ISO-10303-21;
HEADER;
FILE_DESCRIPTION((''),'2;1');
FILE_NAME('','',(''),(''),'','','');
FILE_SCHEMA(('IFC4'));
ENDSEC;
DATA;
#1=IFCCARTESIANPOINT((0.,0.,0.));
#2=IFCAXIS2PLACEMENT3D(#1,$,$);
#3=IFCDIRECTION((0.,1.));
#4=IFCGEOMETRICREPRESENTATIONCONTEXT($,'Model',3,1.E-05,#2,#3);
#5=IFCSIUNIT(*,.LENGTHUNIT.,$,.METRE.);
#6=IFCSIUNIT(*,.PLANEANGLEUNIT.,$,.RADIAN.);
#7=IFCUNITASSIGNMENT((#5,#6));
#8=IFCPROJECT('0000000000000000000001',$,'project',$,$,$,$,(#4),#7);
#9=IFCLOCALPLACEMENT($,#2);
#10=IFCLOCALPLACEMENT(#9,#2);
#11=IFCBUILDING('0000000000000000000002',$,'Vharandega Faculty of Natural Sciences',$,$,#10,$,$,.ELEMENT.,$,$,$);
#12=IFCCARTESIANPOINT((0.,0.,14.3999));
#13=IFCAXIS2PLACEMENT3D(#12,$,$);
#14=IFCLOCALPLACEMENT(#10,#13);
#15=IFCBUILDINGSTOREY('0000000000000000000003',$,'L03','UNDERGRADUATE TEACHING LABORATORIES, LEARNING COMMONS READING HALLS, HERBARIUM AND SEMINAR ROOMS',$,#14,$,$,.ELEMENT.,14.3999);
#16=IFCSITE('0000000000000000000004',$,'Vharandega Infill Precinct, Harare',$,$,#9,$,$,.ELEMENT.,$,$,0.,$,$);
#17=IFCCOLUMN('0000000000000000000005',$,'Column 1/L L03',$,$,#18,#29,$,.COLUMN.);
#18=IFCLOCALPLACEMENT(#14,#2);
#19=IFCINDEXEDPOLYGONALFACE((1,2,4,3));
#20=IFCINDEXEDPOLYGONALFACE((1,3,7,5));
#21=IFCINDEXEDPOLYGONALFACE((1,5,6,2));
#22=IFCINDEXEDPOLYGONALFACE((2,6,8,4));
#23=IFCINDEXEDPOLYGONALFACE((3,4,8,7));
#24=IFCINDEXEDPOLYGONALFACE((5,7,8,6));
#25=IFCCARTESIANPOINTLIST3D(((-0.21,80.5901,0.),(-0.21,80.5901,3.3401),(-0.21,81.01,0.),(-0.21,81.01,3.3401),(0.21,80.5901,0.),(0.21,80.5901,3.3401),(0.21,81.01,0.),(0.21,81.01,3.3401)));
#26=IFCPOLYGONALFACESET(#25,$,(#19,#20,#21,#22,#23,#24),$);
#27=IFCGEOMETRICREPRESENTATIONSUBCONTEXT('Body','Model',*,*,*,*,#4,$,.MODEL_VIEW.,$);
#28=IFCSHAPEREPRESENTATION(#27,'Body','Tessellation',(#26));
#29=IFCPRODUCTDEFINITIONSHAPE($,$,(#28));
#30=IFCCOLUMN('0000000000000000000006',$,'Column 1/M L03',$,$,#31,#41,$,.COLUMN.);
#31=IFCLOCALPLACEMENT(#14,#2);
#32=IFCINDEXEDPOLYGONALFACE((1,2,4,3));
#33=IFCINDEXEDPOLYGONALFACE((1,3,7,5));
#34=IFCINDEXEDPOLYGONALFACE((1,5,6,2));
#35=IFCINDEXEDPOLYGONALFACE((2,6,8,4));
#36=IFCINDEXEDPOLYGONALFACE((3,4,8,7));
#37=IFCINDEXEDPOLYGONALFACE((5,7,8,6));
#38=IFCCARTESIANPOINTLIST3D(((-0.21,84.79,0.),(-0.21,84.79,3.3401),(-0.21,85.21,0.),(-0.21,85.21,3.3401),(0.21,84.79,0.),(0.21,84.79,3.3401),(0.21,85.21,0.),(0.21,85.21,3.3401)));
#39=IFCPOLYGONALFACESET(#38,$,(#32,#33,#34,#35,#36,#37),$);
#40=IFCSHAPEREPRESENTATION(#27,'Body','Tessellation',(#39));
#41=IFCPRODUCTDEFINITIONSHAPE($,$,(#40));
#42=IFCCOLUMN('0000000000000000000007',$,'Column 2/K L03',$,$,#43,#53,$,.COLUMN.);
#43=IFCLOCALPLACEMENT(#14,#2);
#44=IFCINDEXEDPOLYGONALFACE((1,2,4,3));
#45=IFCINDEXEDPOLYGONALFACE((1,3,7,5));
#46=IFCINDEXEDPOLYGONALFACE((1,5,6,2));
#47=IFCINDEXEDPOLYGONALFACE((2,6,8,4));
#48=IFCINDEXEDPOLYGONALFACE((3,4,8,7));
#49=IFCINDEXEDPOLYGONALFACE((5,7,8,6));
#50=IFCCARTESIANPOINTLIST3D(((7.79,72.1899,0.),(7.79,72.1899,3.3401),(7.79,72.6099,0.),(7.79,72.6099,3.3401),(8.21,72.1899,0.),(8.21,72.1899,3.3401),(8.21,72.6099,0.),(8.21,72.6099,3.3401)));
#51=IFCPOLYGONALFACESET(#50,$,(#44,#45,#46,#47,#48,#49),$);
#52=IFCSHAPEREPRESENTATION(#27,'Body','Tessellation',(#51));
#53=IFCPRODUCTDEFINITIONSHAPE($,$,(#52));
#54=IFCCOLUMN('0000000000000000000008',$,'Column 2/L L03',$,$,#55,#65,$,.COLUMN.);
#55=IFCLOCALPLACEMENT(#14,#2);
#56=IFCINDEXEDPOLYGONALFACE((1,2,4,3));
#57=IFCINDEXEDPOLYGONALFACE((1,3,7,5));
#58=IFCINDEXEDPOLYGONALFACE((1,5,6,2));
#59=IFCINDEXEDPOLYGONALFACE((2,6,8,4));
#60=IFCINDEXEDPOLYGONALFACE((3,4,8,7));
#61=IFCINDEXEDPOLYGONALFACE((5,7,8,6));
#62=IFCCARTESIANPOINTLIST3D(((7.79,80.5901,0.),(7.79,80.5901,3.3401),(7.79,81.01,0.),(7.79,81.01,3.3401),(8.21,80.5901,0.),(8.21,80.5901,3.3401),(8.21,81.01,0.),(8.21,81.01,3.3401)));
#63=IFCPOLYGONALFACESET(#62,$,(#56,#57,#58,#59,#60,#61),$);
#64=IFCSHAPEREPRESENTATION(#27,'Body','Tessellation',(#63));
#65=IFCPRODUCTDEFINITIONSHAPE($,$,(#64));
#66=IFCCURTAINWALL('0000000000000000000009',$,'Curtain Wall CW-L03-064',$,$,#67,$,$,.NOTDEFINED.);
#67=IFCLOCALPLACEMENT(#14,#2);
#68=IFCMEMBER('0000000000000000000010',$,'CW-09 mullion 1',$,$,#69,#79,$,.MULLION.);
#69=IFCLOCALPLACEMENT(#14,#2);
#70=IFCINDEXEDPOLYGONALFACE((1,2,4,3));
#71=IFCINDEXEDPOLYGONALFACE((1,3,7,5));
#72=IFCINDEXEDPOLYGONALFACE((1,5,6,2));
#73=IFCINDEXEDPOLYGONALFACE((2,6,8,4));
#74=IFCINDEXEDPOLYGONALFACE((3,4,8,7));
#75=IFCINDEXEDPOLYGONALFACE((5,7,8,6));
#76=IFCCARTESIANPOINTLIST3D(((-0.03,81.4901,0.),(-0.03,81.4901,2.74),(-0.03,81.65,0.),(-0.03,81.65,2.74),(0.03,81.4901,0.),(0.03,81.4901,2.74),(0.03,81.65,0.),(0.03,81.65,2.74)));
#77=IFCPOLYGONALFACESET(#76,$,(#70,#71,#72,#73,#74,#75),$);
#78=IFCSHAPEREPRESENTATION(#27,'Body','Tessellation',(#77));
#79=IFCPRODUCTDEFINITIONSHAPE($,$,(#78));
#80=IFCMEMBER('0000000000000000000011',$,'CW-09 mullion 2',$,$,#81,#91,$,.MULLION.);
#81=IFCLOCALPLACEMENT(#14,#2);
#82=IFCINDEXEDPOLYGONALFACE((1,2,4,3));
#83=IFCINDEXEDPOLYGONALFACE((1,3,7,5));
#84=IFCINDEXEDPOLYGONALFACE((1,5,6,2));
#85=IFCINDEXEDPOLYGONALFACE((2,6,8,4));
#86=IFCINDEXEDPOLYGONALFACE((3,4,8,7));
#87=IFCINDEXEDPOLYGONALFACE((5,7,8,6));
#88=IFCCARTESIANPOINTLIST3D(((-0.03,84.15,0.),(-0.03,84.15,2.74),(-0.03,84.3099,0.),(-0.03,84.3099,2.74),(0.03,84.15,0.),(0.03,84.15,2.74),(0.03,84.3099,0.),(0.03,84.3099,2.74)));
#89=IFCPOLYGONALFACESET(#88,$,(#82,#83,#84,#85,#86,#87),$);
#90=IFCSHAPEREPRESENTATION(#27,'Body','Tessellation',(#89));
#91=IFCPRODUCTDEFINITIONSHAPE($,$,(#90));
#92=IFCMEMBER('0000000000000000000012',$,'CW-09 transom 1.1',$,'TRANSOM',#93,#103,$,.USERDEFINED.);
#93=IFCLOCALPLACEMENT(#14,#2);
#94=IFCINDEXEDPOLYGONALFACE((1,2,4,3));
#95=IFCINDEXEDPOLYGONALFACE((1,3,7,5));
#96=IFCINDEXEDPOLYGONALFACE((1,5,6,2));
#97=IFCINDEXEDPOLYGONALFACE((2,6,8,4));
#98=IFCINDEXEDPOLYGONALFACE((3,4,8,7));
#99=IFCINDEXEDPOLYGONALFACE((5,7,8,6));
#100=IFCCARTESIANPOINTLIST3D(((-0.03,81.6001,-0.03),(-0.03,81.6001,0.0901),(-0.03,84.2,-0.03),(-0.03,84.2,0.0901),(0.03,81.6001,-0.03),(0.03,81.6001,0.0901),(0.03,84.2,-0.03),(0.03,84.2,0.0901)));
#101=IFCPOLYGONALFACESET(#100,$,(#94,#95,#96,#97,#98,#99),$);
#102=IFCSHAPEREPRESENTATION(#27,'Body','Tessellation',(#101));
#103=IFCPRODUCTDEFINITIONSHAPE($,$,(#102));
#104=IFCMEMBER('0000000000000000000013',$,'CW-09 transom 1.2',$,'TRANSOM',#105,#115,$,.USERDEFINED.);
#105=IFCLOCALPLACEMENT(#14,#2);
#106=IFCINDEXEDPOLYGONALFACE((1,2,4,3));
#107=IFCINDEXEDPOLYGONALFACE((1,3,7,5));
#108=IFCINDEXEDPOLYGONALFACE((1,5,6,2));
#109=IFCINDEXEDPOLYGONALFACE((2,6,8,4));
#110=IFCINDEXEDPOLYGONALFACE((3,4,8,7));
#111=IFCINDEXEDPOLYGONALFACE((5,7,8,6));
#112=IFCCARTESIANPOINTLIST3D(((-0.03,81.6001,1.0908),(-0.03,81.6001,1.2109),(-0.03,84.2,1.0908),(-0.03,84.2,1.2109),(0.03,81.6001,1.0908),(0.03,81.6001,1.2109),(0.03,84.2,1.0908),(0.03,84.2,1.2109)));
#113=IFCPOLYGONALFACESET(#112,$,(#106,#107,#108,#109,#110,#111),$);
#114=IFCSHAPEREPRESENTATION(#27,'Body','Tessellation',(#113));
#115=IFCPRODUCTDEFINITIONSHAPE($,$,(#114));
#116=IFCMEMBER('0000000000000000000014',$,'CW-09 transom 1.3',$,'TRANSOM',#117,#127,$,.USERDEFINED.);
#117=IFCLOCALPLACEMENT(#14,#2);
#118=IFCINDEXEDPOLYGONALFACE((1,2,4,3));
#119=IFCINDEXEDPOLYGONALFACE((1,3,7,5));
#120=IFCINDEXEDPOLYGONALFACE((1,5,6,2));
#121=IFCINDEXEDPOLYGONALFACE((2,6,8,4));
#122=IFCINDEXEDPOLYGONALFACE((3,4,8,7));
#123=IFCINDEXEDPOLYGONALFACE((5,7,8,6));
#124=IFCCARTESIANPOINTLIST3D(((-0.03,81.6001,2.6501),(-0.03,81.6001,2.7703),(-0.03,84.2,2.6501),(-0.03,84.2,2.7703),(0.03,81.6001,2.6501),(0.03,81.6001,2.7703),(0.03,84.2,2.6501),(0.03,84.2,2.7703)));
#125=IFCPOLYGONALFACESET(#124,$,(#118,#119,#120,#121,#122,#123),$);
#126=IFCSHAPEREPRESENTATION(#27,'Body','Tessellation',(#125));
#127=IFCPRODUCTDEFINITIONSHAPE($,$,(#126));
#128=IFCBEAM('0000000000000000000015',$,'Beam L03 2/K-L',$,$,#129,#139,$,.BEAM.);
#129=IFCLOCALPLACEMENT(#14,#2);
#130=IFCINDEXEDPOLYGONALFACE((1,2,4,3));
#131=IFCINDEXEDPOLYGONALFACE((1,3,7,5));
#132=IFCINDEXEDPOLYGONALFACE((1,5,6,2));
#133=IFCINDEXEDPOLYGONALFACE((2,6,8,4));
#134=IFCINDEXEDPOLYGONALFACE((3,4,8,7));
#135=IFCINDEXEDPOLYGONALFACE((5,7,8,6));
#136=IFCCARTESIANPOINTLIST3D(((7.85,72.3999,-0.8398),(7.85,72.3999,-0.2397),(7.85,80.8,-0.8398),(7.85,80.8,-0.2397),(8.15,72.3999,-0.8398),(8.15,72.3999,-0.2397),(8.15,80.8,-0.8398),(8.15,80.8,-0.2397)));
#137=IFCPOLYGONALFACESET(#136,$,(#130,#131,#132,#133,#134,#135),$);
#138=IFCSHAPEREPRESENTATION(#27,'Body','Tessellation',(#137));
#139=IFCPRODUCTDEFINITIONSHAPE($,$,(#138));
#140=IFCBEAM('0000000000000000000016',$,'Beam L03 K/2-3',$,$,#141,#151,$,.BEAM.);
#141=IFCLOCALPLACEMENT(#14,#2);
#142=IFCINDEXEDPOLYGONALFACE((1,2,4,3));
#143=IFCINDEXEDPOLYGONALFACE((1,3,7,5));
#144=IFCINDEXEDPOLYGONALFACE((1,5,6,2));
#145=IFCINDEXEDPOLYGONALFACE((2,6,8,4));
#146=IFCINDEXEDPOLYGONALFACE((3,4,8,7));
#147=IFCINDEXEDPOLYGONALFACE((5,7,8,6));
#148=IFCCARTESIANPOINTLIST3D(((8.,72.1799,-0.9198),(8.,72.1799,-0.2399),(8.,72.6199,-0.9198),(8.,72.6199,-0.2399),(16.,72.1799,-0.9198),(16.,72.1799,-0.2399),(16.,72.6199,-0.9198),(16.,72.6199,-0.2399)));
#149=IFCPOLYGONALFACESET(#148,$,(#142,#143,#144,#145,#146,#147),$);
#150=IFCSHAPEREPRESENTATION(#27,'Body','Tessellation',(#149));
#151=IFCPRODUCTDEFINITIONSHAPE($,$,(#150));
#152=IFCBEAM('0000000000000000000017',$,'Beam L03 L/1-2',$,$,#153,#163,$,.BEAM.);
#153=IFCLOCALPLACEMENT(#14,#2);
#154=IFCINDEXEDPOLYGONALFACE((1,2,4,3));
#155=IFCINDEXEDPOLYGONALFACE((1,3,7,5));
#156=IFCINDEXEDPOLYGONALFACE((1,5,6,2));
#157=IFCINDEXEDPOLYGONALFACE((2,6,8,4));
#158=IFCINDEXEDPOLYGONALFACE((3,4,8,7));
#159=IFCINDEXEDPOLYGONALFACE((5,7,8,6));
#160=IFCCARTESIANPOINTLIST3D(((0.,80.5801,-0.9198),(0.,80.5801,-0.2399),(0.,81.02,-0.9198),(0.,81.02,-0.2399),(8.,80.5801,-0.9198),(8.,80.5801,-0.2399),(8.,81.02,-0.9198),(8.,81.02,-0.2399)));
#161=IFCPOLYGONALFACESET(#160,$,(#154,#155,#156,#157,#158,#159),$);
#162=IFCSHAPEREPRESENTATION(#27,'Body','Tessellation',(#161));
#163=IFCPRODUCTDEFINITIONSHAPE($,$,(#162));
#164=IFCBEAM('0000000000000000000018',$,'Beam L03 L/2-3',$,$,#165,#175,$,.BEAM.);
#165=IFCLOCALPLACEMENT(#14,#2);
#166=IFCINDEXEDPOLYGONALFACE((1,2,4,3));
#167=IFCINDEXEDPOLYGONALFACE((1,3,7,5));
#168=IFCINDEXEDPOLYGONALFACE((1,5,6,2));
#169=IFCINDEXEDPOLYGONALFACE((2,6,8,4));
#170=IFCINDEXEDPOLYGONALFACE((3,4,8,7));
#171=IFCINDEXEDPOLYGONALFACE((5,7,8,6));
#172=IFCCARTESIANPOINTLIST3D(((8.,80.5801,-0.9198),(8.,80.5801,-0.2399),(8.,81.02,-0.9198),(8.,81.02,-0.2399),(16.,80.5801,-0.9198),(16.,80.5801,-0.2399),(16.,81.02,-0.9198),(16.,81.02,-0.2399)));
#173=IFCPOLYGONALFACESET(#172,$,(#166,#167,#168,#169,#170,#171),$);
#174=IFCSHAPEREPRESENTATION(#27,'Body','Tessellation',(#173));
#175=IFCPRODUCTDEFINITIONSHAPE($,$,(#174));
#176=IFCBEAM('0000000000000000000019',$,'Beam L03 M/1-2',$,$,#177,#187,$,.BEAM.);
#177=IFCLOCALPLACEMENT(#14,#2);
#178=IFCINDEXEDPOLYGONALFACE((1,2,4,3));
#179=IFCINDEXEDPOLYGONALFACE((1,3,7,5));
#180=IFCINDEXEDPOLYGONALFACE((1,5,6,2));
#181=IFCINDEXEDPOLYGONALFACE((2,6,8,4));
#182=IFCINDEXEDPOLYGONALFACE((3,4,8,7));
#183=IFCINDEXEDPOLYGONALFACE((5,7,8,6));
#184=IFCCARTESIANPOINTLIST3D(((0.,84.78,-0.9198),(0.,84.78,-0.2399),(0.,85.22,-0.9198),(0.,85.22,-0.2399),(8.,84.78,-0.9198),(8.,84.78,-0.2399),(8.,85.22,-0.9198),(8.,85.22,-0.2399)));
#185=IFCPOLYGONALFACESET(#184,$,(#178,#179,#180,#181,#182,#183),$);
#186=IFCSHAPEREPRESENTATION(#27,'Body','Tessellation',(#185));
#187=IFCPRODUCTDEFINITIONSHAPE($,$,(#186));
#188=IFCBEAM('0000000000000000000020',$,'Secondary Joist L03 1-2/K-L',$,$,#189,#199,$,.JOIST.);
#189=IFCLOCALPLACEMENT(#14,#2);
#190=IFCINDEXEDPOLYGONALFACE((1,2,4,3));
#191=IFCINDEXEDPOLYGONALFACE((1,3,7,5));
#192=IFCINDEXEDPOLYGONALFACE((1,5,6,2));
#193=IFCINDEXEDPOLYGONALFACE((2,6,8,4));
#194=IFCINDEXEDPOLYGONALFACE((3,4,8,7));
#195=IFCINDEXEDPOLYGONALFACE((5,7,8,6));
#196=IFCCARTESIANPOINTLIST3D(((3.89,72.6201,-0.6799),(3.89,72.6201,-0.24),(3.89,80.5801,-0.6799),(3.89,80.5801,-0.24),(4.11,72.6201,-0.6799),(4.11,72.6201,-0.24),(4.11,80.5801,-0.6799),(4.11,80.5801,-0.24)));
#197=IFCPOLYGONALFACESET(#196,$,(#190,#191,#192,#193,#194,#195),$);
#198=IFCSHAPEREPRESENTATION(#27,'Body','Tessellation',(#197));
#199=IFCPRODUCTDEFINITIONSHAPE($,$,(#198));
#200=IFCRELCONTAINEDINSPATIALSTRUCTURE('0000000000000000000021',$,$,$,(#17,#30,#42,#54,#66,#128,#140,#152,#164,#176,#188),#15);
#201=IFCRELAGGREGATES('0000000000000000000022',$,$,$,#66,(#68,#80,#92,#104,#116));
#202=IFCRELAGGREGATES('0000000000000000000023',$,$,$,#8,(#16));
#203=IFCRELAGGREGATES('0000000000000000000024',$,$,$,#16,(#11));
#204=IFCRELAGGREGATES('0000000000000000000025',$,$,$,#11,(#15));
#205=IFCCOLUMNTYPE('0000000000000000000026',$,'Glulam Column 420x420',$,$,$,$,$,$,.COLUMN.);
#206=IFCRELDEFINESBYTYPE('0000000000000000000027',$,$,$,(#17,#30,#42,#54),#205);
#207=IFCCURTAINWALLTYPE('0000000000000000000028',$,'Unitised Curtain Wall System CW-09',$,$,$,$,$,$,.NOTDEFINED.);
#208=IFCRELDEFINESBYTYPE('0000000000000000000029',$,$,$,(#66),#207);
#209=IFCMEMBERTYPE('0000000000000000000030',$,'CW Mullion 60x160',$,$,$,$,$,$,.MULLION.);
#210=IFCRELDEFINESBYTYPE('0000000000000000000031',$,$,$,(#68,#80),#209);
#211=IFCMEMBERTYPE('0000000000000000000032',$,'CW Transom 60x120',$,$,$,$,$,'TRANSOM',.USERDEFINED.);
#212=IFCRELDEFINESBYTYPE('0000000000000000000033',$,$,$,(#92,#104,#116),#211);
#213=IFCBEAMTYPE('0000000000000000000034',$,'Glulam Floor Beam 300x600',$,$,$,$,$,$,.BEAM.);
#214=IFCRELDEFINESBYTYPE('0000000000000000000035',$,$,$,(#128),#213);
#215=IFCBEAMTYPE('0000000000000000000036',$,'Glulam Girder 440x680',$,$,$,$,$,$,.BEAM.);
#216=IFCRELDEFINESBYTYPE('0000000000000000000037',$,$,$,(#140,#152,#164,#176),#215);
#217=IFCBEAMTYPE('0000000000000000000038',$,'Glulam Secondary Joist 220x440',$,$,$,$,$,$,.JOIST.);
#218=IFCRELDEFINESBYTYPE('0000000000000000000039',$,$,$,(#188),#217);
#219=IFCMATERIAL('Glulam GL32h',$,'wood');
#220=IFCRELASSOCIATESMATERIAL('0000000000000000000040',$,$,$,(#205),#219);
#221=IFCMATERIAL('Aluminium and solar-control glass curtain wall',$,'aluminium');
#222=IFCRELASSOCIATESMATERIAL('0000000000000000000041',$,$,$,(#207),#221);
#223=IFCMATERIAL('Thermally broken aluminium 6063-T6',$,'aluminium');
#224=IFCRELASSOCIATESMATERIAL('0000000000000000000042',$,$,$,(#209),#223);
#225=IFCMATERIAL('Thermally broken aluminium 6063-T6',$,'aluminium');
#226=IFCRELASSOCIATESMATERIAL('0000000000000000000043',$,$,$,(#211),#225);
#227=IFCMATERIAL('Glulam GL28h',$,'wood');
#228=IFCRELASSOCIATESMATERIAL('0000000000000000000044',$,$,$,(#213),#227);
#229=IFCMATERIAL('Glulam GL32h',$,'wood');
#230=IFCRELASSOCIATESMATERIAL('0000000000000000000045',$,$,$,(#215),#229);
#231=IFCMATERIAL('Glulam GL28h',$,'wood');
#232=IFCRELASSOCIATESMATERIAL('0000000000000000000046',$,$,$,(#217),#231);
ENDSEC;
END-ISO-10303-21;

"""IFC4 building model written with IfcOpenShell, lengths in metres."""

from ifc_helpers import new_model, si_unit, direction, frame, origin, origin_2d, place, context, subcontext, project, spatial, rectangle, extrude, material, material_profile, profile_set, type_object, element, aggregate, save


model = new_model("IFC4")

# Units and contexts
model_context = context("Model", 3, precision=1e-05, world=origin(), true_north=direction((0.0, 1.0)))
body_context = subcontext(model_context, "Body", "Model", "MODEL_VIEW")
ifc_project = project(units=[si_unit("LENGTHUNIT", "METRE"), si_unit("PLANEANGLEUNIT", "RADIAN")], contexts=[model_context])

# Site, building, storey
site_placement = place(None, origin())
site = spatial("IfcSite", under=ifc_project, at=site_placement, Name="Vharandega Infill Precinct, Harare", CompositionType="ELEMENT", RefElevation=0.0)
building_placement = place(site_placement, origin())
building = spatial("IfcBuilding", under=site, at=building_placement, Name="Vharandega Faculty of Natural Sciences", CompositionType="ELEMENT")
storey_placement = place(building_placement, frame((0.0, 0.0, 14.3999)))
storey = spatial("IfcBuildingStorey", under=building, at=storey_placement, Name="L03", Description="UNDERGRADUATE TEACHING LABORATORIES, LEARNING COMMONS READING HALLS, HERBARIUM AND SEMINAR ROOMS", CompositionType="ELEMENT", Elevation=14.3999)

# Columns
ifc_material_1 = material(Name="Glulam GL32h", Category="wood")
ifc_material_profile_1 = material_profile(ifc_material_1, rectangle(XDim=0.4199, YDim=0.4199, at=origin_2d()), Name="GL32h 420x420")
ifc_profile_set_1 = profile_set([ifc_material_profile_1], Name="Glulam GL32h")
column_type = type_object("IfcColumnType", Name="Glulam Column 420x420", PredefinedType="COLUMN", material=ifc_profile_set_1)
for number, where, z_axis, x_axis, name in (
    (1, (0.0, 80.8, 0.0), (0.0, 0.0, 1.0), (1.0, 0.0, 0.0), "Column 1/L L03"),
    (2, (0.0, 85.0, 0.0), (0.0, 0.0, 1.0), (1.0, 0.0, 0.0), "Column 1/M L03"),
    (3, (8.0, 72.3999, 0.0), (0.0, 0.0, 1.0), (1.0, 0.0, 0.0), "Column 2/K L03"),
    (4, (8.0, 80.8, 0.0), (0.0, 0.0, 1.0), (1.0, 0.0, 0.0), "Column 2/L L03"),
):
    element("IfcColumn", number, at=place(storey_placement, frame(where, z_axis=z_axis, x_axis=x_axis)), inside=storey, type_object=column_type, Name=name, PredefinedType="COLUMN", context=body_context, shape_type="SweptSolid", body=[
        extrude(rectangle(XDim=0.4199, YDim=0.4199, at=origin_2d()), origin(), (0.0, 0.0, 1.0), 3.3401),
    ])

# Curtain wall, members
ifc_material_2 = material(Name="Aluminium and solar-control glass curtain wall", Category="aluminium")
curtain_wall_type = type_object("IfcCurtainWallType", Name="Unitised Curtain Wall System CW-09", PredefinedType="NOTDEFINED", material=ifc_material_2)
curtain_wall_placement = place(storey_placement, origin())
curtain_wall = element("IfcCurtainWall", 5, at=curtain_wall_placement, inside=storey, type_object=curtain_wall_type, Name="Curtain Wall CW-L03-064", PredefinedType="NOTDEFINED")
ifc_material_3 = material(Name="Thermally broken aluminium 6063-T6", Category="aluminium")
ifc_material_profile_2 = material_profile(ifc_material_3, rectangle(XDim=0.0601, YDim=0.1599, at=origin_2d()), Name="ALU 60x160")
ifc_profile_set_2 = profile_set([ifc_material_profile_2], Name="Thermally broken aluminium 6063-T6")
member_type_1 = type_object("IfcMemberType", Name="CW Mullion 60x160", PredefinedType="MULLION", material=ifc_profile_set_2)
member_1_placement = place(storey_placement, frame((0.0, 81.5701, 0.0), z_axis=(0.0, 0.0, 1.0), x_axis=(-1.0, 0.0, 0.0)))
member_1 = element("IfcMember", 6, at=member_1_placement, type_object=member_type_1, Name="CW-09 mullion 1", PredefinedType="MULLION", context=body_context, shape_type="SweptSolid", body=[
    extrude(rectangle(XDim=0.0601, YDim=0.1599, at=origin_2d()), origin(), (0.0, 0.0, 1.0), 2.74),
])
member_2_placement = place(storey_placement, frame((0.0, 84.23, 0.0), z_axis=(0.0, 0.0, 1.0), x_axis=(-1.0, 0.0, 0.0)))
member_2 = element("IfcMember", 7, at=member_2_placement, type_object=member_type_1, Name="CW-09 mullion 2", PredefinedType="MULLION", context=body_context, shape_type="SweptSolid", body=[
    extrude(rectangle(XDim=0.0601, YDim=0.1599, at=origin_2d()), origin(), (0.0, 0.0, 1.0), 2.74),
])
ifc_material_4 = material(Name="Thermally broken aluminium 6063-T6", Category="aluminium")
ifc_material_profile_3 = material_profile(ifc_material_4, rectangle(XDim=0.0601, YDim=0.1201, at=origin_2d()), Name="ALU 60x120")
ifc_profile_set_3 = profile_set([ifc_material_profile_3], Name="Thermally broken aluminium 6063-T6")
member_type_2 = type_object("IfcMemberType", Name="CW Transom 60x120", ElementType="TRANSOM", PredefinedType="USERDEFINED", material=ifc_profile_set_3)
member_3_placement = place(storey_placement, frame((0.0, 81.6001, 0.03), z_axis=(0.0, 1.0, 0.0), x_axis=(-1.0, 0.0, 0.0)))
member_3 = element("IfcMember", 8, at=member_3_placement, type_object=member_type_2, Name="CW-09 transom 1.1", ObjectType="TRANSOM", PredefinedType="USERDEFINED", context=body_context, shape_type="SweptSolid", body=[
    extrude(rectangle(XDim=0.0601, YDim=0.1201, at=origin_2d()), origin(), (0.0, 0.0, 1.0), 2.5999),
])
member_4_placement = place(storey_placement, frame((0.0, 81.6001, 1.1509), z_axis=(0.0, 1.0, 0.0), x_axis=(-1.0, 0.0, 0.0)))
member_4 = element("IfcMember", 9, at=member_4_placement, type_object=member_type_2, Name="CW-09 transom 1.2", ObjectType="TRANSOM", PredefinedType="USERDEFINED", context=body_context, shape_type="SweptSolid", body=[
    extrude(rectangle(XDim=0.0601, YDim=0.1201, at=origin_2d()), origin(), (0.0, 0.0, 1.0), 2.5999),
])
member_5_placement = place(storey_placement, frame((0.0, 81.6001, 2.7102), z_axis=(0.0, 1.0, 0.0), x_axis=(-1.0, 0.0, 0.0)))
member_5 = element("IfcMember", 10, at=member_5_placement, type_object=member_type_2, Name="CW-09 transom 1.3", ObjectType="TRANSOM", PredefinedType="USERDEFINED", context=body_context, shape_type="SweptSolid", body=[
    extrude(rectangle(XDim=0.0601, YDim=0.1201, at=origin_2d()), origin(), (0.0, 0.0, 1.0), 2.5999),
])

# Beams
ifc_material_5 = material(Name="Glulam GL28h", Category="wood")
ifc_material_profile_4 = material_profile(ifc_material_5, rectangle(XDim=0.3, YDim=0.6001, at=origin_2d()), Name="GL28h 300x600")
ifc_profile_set_4 = profile_set([ifc_material_profile_4], Name="Glulam GL28h")
beam_type_1 = type_object("IfcBeamType", Name="Glulam Floor Beam 300x600", PredefinedType="BEAM", material=ifc_profile_set_4)
beam_1_placement = place(storey_placement, frame((8.0, 72.3999, -0.5398), z_axis=(0.0, 1.0, 0.0), x_axis=(-1.0, 0.0, 0.0)))
element("IfcBeam", 11, at=beam_1_placement, inside=storey, type_object=beam_type_1, Name="Beam L03 2/K-L", PredefinedType="BEAM", context=body_context, shape_type="SweptSolid", body=[
    extrude(rectangle(XDim=0.3, YDim=0.6001, at=origin_2d()), origin(), (0.0, 0.0, 1.0), 8.4001),
])
ifc_material_6 = material(Name="Glulam GL32h", Category="wood")
ifc_material_profile_5 = material_profile(ifc_material_6, rectangle(XDim=0.4399, YDim=0.6799, at=origin_2d()), Name="GL32h 440x680")
ifc_profile_set_5 = profile_set([ifc_material_profile_5], Name="Glulam GL32h")
beam_type_2 = type_object("IfcBeamType", Name="Glulam Girder 440x680", PredefinedType="BEAM", material=ifc_profile_set_5)
for number, where, z_axis, x_axis, name in (
    (12, (8.0, 72.3999, -0.5798), (1.0, 0.0, 0.0), (0.0, 1.0, 0.0), "Beam L03 K/2-3"),
    (13, (0.0, 80.8, -0.5798), (1.0, 0.0, 0.0), (0.0, 1.0, 0.0), "Beam L03 L/1-2"),
    (14, (8.0, 80.8, -0.5798), (1.0, 0.0, 0.0), (0.0, 1.0, 0.0), "Beam L03 L/2-3"),
    (15, (0.0, 85.0, -0.5798), (1.0, 0.0, 0.0), (0.0, 1.0, 0.0), "Beam L03 M/1-2"),
):
    element("IfcBeam", number, at=place(storey_placement, frame(where, z_axis=z_axis, x_axis=x_axis)), inside=storey, type_object=beam_type_2, Name=name, PredefinedType="BEAM", context=body_context, shape_type="SweptSolid", body=[
        extrude(rectangle(XDim=0.4399, YDim=0.6799, at=origin_2d()), origin(), (0.0, 0.0, 1.0), 8.0),
    ])
ifc_material_7 = material(Name="Glulam GL28h", Category="wood")
ifc_material_profile_6 = material_profile(ifc_material_7, rectangle(XDim=0.22, YDim=0.4399, at=origin_2d()), Name="GL28h 220x440")
ifc_profile_set_6 = profile_set([ifc_material_profile_6], Name="Glulam GL28h")
beam_type_3 = type_object("IfcBeamType", Name="Glulam Secondary Joist 220x440", PredefinedType="JOIST", material=ifc_profile_set_6)
beam_2_placement = place(storey_placement, frame((4.0, 72.6201, -0.46), z_axis=(0.0, 1.0, 0.0), x_axis=(-1.0, 0.0, 0.0)))
element("IfcBeam", 16, at=beam_2_placement, inside=storey, type_object=beam_type_3, Name="Secondary Joist L03 1-2/K-L", PredefinedType="JOIST", context=body_context, shape_type="SweptSolid", body=[
    extrude(rectangle(XDim=0.22, YDim=0.4399, at=origin_2d()), origin(), (0.0, 0.0, 1.0), 7.96),
])

aggregate(curtain_wall, [member_1, member_2, member_3, member_4, member_5])

save(model, "model.ifc")
